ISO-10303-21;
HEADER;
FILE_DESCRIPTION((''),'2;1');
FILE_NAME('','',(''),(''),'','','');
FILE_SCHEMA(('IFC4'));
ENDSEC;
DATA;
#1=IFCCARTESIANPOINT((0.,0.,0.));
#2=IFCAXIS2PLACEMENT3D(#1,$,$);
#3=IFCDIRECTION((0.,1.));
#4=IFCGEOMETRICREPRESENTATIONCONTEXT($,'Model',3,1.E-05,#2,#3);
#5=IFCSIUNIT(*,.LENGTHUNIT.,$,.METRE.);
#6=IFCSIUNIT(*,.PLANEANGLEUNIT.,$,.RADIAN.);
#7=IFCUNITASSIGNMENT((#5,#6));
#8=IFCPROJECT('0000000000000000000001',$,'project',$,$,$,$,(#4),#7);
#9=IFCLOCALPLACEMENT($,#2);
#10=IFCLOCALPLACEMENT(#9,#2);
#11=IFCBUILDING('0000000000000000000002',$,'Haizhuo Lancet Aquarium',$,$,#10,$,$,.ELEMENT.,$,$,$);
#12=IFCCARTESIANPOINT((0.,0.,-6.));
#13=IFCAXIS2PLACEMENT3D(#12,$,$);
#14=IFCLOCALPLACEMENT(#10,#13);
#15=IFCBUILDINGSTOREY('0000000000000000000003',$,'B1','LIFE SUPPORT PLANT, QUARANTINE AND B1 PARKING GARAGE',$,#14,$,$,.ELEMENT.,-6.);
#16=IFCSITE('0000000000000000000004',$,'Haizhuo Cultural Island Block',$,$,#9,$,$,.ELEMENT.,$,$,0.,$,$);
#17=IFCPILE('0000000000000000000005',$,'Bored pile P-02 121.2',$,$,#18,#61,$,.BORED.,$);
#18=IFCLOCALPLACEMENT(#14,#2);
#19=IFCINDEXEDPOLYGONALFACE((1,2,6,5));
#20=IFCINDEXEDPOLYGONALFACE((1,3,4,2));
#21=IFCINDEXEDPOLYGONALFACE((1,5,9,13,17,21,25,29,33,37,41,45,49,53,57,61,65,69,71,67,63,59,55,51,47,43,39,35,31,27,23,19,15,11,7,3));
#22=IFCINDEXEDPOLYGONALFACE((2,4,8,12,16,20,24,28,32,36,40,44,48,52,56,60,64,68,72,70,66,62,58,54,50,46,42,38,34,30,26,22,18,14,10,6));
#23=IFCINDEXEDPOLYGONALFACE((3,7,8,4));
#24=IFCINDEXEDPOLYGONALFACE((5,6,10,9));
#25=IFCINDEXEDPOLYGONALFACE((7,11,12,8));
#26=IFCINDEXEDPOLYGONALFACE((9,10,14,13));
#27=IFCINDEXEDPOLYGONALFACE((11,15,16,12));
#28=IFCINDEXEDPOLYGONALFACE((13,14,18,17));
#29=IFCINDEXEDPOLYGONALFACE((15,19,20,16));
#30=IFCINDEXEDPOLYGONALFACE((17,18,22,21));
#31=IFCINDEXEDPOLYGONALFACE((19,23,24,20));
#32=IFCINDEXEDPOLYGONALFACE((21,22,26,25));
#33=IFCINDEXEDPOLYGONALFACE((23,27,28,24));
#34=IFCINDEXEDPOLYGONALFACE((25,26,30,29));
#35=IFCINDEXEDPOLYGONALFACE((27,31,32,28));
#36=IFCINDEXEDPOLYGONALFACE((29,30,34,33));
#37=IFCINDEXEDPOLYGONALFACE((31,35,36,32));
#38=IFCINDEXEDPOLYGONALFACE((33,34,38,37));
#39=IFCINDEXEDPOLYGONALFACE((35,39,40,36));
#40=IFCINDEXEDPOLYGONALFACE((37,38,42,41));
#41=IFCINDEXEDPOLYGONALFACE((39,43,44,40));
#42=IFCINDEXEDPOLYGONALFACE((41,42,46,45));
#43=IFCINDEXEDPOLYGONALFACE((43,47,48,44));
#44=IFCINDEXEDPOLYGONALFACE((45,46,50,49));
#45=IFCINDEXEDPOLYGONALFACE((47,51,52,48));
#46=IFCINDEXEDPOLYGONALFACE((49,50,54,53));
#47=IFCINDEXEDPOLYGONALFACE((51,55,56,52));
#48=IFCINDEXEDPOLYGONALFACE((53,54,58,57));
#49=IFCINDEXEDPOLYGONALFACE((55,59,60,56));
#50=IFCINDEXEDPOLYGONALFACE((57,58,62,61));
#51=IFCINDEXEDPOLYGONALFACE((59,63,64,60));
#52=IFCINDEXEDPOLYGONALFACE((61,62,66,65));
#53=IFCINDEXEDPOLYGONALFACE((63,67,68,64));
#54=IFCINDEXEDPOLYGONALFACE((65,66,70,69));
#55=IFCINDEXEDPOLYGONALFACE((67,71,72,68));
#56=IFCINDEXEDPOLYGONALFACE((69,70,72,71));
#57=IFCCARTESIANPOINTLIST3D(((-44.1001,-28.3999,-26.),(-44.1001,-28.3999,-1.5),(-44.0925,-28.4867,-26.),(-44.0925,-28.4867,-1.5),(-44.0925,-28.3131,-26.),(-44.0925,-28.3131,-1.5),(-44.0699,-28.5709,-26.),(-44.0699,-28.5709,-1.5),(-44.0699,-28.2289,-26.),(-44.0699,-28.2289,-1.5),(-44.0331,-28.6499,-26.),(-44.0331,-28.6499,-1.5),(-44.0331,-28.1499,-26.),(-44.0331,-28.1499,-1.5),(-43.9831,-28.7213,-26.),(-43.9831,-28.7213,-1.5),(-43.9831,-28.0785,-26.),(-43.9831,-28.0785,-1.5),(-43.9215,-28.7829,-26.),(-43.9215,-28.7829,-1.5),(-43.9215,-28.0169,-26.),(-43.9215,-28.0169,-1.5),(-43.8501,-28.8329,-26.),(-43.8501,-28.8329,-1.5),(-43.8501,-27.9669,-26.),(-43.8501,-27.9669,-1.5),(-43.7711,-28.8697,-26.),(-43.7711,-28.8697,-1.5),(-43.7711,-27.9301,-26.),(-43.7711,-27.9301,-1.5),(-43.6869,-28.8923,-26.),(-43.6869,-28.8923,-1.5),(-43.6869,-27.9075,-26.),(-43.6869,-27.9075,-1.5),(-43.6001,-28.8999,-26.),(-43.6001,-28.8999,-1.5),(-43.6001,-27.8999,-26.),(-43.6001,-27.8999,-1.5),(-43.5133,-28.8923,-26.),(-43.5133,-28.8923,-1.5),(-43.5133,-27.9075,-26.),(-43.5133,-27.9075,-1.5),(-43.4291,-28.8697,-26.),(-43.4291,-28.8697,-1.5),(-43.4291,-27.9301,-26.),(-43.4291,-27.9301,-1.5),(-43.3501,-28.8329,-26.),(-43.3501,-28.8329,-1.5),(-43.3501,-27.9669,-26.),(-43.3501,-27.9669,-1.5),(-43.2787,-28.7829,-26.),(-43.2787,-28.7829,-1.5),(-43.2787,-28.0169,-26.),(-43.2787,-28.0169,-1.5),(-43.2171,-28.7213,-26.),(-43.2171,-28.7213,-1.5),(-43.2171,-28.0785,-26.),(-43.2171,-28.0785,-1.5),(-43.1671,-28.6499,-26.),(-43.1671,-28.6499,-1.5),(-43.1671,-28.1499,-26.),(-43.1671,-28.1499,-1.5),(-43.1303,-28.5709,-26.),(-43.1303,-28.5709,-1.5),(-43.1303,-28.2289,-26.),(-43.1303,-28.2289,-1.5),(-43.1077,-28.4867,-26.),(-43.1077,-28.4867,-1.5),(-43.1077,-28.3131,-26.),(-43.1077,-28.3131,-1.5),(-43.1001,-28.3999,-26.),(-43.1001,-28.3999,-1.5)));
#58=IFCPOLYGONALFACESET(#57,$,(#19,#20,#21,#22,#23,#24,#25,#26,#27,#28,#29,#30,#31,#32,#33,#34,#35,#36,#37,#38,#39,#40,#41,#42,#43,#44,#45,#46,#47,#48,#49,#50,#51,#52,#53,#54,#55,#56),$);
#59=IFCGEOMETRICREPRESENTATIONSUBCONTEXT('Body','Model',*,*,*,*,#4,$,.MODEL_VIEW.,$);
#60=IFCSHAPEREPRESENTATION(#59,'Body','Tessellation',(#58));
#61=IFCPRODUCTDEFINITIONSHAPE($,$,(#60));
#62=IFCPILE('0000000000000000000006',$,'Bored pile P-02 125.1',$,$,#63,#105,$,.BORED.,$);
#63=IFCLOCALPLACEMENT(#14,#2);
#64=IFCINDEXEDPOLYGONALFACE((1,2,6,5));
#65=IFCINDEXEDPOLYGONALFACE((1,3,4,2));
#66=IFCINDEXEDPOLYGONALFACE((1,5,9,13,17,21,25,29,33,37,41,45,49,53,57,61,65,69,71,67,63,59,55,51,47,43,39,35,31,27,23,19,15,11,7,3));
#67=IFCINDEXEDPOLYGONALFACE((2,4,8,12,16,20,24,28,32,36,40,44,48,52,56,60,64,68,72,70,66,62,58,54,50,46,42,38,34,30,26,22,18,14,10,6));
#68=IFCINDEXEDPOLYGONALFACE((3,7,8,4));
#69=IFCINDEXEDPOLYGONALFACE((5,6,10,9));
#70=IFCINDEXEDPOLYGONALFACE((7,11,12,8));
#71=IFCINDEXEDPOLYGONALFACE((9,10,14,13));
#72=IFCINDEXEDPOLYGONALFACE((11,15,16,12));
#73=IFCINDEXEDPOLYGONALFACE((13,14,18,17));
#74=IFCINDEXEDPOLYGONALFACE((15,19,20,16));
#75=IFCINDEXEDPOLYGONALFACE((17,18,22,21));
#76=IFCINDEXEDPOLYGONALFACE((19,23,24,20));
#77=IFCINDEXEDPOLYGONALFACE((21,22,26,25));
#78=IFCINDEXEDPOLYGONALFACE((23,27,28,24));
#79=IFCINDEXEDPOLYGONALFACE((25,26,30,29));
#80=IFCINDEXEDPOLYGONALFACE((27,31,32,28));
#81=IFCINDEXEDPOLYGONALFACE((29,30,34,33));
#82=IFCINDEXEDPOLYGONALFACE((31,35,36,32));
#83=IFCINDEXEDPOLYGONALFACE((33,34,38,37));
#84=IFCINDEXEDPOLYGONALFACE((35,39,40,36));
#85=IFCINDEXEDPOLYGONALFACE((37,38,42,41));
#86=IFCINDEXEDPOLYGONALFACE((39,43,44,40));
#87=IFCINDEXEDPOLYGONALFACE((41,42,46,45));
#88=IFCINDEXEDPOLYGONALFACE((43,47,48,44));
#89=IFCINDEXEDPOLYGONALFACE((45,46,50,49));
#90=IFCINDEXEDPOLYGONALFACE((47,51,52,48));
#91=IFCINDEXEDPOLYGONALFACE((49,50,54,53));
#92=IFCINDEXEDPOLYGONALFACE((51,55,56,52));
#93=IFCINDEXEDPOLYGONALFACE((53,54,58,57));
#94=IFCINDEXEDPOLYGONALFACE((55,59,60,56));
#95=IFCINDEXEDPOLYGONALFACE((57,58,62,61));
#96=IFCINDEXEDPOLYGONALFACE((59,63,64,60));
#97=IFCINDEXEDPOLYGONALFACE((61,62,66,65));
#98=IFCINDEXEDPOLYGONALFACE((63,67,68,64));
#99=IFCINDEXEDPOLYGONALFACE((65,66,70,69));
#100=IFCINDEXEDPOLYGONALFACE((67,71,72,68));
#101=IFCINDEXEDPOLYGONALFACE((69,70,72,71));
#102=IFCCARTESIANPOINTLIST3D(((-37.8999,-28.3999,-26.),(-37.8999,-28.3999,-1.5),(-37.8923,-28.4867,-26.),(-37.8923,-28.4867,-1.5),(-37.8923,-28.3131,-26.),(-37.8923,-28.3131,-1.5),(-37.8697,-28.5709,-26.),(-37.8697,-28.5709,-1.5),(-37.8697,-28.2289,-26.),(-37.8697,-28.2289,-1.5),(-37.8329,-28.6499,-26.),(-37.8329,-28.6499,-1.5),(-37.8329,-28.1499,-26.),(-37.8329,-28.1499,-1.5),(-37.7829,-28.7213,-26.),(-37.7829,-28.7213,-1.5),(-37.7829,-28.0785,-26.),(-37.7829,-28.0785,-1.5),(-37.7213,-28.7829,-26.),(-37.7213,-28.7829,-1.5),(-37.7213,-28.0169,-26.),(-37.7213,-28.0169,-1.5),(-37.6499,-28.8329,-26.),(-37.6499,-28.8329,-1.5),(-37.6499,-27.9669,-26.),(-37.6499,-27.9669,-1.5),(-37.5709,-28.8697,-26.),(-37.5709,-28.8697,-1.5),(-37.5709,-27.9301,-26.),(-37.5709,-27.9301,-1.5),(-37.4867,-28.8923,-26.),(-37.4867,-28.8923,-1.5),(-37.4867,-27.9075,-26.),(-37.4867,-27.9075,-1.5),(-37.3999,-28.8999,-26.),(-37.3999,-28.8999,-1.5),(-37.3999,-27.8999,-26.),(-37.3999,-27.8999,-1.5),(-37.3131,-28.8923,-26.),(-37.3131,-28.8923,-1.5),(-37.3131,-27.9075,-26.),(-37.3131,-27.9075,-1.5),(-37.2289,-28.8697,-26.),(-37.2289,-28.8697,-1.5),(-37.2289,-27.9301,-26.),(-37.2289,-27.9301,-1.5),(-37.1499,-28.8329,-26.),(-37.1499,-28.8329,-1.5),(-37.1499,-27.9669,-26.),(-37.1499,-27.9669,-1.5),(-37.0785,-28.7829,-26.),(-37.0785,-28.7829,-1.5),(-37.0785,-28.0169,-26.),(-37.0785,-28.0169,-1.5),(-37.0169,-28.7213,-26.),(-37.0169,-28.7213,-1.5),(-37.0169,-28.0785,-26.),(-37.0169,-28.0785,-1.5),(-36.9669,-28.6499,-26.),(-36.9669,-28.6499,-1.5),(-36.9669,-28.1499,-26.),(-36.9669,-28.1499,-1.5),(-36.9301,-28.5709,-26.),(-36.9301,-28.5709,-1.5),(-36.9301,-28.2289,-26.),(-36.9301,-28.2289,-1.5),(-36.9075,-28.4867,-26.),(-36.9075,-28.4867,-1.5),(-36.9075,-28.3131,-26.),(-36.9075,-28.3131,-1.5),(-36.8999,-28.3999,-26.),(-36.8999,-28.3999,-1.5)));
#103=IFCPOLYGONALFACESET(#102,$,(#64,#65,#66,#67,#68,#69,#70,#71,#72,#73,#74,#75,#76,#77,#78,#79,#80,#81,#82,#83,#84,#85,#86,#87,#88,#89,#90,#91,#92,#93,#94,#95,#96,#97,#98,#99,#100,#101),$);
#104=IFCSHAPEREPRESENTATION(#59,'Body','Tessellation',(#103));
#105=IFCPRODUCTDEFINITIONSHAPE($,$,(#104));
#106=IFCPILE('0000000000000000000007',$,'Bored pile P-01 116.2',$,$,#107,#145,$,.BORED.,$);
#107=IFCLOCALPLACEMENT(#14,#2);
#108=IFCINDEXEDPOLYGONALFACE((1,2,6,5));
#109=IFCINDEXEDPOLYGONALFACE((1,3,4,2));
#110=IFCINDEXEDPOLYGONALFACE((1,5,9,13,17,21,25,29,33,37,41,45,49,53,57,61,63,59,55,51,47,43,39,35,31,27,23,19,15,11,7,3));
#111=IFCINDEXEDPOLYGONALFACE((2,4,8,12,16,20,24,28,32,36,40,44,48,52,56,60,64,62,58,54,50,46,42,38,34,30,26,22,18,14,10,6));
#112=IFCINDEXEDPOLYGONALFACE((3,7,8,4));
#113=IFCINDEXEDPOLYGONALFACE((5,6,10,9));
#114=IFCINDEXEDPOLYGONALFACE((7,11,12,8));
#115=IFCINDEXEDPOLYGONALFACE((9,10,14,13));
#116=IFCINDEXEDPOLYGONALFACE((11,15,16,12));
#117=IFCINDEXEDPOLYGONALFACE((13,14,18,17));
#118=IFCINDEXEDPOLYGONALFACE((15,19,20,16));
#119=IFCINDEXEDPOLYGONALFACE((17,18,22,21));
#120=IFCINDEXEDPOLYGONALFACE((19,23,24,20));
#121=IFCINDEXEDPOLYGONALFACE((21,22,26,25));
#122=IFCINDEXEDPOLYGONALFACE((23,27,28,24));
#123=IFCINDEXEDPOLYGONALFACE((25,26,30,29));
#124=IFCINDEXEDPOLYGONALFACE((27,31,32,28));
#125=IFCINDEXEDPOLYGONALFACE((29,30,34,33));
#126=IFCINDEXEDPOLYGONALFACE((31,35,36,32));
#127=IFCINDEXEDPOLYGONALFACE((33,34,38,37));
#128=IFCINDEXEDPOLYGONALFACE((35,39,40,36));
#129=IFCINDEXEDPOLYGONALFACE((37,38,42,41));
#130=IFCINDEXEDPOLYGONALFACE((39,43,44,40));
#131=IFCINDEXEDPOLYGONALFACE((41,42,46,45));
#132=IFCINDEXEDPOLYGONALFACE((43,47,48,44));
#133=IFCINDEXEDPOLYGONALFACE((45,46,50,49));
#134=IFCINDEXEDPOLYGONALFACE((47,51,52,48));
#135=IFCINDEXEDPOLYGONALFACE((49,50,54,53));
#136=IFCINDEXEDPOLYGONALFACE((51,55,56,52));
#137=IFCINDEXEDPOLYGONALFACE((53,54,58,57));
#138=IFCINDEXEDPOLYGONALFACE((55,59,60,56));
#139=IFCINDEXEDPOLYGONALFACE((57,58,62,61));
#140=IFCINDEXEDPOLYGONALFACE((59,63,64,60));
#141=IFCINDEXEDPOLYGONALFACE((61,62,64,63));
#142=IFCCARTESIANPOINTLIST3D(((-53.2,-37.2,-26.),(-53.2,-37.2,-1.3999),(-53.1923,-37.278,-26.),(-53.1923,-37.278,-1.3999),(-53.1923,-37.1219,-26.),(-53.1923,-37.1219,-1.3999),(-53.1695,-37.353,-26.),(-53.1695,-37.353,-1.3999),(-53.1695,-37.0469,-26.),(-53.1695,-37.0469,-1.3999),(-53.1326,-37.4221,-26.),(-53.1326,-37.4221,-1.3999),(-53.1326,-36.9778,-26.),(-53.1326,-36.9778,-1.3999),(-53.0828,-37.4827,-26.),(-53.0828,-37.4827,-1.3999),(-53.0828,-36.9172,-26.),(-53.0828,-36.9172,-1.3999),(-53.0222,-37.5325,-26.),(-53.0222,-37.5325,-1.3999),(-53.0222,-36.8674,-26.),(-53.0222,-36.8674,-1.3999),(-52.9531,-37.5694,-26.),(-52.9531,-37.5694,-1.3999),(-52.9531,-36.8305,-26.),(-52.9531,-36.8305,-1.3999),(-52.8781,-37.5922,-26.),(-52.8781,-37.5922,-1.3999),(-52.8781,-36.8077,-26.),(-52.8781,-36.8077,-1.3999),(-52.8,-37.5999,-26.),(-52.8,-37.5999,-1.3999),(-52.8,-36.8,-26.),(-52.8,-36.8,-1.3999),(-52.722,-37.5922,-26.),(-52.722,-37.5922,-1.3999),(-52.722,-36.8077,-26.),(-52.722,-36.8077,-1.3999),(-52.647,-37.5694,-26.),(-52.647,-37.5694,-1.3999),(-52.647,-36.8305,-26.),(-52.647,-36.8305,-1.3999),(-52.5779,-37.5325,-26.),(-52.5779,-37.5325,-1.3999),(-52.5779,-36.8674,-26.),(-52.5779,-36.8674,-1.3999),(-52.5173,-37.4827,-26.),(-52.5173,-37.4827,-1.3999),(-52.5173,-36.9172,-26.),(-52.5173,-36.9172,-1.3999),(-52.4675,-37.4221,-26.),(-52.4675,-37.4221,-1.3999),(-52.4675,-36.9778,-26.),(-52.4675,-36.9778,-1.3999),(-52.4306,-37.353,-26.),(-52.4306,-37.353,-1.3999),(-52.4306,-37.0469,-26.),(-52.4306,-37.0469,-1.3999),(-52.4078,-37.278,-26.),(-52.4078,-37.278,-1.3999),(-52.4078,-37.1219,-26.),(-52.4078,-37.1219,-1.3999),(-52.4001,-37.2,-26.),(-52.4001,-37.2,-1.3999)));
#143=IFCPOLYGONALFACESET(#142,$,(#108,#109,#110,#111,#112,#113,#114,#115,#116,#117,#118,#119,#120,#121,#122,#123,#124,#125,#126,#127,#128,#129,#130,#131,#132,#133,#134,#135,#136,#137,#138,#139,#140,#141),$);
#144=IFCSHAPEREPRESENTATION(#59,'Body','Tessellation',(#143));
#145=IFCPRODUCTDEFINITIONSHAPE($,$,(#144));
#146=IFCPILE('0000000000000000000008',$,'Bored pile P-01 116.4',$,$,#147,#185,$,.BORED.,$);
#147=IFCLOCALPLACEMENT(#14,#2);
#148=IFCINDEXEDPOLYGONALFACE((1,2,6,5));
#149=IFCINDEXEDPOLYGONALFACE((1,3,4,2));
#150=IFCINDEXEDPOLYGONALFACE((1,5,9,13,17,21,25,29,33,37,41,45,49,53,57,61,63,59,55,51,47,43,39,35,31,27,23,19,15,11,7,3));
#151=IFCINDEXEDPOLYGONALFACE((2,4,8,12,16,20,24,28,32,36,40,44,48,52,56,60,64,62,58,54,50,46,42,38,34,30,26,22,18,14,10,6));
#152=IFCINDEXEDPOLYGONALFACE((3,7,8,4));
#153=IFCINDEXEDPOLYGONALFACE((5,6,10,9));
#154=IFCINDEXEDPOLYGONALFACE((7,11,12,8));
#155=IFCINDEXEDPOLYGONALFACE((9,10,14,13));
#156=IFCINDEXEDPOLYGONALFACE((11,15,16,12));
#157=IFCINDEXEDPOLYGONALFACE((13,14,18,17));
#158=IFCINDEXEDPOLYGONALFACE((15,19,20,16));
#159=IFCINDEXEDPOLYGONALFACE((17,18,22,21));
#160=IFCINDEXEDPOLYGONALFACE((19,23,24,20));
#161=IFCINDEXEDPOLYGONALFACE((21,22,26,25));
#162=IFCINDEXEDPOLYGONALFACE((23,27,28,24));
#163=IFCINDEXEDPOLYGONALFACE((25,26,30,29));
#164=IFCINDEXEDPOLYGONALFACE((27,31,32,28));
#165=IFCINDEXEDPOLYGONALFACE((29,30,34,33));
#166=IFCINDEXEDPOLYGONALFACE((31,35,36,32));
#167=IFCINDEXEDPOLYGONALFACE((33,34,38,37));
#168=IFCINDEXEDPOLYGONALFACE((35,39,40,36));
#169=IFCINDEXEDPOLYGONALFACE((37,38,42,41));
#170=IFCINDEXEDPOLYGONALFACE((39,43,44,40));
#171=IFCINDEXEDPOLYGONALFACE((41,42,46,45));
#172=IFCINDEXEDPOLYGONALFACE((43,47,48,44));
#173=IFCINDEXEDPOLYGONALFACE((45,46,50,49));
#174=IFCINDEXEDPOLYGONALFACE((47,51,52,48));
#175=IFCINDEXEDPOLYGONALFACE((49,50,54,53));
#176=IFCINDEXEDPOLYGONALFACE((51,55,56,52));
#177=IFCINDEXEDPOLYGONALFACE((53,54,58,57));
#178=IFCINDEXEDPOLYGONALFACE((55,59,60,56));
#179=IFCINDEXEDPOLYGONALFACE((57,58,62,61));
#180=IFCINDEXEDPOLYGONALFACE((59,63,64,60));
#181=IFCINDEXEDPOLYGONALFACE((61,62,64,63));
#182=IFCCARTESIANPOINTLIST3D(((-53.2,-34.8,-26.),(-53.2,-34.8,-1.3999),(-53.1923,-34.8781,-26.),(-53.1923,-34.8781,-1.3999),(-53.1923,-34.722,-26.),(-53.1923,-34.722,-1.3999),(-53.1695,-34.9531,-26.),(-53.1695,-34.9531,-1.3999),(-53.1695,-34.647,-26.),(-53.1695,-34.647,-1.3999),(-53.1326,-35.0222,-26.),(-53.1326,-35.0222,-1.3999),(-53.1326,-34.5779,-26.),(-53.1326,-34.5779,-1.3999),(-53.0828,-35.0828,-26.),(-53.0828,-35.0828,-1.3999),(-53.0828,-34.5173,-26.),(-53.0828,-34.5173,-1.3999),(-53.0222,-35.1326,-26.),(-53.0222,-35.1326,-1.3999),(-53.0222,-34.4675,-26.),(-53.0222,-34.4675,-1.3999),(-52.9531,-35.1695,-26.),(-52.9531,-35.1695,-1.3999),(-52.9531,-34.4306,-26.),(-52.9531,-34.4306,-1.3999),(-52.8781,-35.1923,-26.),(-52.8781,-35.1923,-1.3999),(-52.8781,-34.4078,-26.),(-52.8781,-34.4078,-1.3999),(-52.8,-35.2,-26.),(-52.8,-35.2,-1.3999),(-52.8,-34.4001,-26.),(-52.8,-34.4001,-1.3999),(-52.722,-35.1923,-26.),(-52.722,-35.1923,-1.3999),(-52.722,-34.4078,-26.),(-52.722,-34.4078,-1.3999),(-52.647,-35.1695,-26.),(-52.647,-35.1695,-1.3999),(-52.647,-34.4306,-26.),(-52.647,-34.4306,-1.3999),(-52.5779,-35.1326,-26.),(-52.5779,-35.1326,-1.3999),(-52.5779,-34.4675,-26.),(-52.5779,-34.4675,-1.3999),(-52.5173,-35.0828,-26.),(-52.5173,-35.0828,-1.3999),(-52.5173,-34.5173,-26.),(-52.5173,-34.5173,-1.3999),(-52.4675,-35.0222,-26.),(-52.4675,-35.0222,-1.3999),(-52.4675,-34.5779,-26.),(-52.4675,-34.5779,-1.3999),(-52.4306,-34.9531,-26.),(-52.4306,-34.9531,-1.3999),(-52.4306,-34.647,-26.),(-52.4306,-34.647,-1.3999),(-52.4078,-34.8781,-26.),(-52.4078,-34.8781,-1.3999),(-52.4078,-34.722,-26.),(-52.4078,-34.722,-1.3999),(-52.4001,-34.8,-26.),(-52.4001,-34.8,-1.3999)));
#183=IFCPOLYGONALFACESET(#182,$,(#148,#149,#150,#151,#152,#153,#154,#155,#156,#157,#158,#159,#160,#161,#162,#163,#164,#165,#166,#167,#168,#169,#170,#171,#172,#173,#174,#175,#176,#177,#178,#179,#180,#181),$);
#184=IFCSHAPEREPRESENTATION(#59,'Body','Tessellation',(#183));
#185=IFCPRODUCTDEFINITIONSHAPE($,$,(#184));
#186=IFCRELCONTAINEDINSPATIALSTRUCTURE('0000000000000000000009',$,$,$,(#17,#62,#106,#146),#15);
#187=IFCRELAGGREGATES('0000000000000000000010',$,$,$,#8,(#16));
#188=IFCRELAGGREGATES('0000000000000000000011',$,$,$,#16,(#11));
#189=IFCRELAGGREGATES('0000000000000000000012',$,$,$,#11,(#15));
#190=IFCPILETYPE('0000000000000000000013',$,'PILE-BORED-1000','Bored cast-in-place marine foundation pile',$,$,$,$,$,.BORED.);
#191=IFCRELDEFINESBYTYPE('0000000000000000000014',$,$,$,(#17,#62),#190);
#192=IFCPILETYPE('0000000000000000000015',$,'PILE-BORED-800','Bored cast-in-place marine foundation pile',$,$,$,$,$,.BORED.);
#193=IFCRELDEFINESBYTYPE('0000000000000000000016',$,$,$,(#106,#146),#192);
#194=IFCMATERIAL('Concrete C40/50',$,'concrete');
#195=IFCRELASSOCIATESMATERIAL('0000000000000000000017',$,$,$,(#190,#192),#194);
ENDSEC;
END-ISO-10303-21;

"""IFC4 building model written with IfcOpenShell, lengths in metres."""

from ifc_helpers import new_model, si_unit, direction, frame, origin, origin_2d, place, context, subcontext, project, spatial, circle, extrude, material, material_profile, profile_set, type_object, element, save


model = new_model("IFC4")

# Units and contexts
model_context = context("Model", 3, precision=1e-05, world=origin(), true_north=direction((0.0, 1.0)))
body_context = subcontext(model_context, "Body", "Model", "MODEL_VIEW")
ifc_project = project(units=[si_unit("LENGTHUNIT", "METRE"), si_unit("PLANEANGLEUNIT", "RADIAN")], contexts=[model_context])

# Site, building, storey
site_placement = place(None, origin())
site = spatial("IfcSite", under=ifc_project, at=site_placement, Name="Haizhuo Cultural Island Block", CompositionType="ELEMENT", RefElevation=0.0)
building_placement = place(site_placement, origin())
building = spatial("IfcBuilding", under=site, at=building_placement, Name="Haizhuo Lancet Aquarium", CompositionType="ELEMENT")
storey_placement = place(building_placement, frame((0.0, 0.0, -6.0)))
storey = spatial("IfcBuildingStorey", under=building, at=storey_placement, Name="B1", Description="LIFE SUPPORT PLANT, QUARANTINE AND B1 PARKING GARAGE", CompositionType="ELEMENT", Elevation=-6.0)

# Shared definitions
ifc_material_1 = material(Name="Concrete C40/50", Category="concrete")

# Piles
ifc_material_profile_1 = material_profile(ifc_material_1, circle(Radius=0.5, at=origin_2d()), Name="PILE-1000")
ifc_profile_set_1 = profile_set([ifc_material_profile_1], Name="Concrete C40/50")
pile_type_1 = type_object("IfcPileType", Name="PILE-BORED-1000", Description="Bored cast-in-place marine foundation pile", PredefinedType="BORED", material=ifc_profile_set_1)
for number, where, z_axis, x_axis, name in (
    (1, (-43.6001, -28.3999, -1.5), (0.0, 0.0, -1.0), (1.0, 0.0, 0.0), "Bored pile P-02 121.2"),
    (2, (-37.3999, -28.3999, -1.5), (0.0, 0.0, -1.0), (1.0, 0.0, 0.0), "Bored pile P-02 125.1"),
):
    element("IfcPile", number, at=place(storey_placement, frame(where, z_axis=z_axis, x_axis=x_axis)), inside=storey, type_object=pile_type_1, Name=name, PredefinedType="BORED", context=body_context, shape_type="SweptSolid", body=[
        extrude(circle(Radius=0.5, at=origin_2d()), origin(), (0.0, 0.0, 1.0), 24.5),
    ])
ifc_material_profile_2 = material_profile(ifc_material_1, circle(Radius=0.3999, at=origin_2d()), Name="PILE-800")
ifc_profile_set_2 = profile_set([ifc_material_profile_2], Name="Concrete C40/50")
pile_type_2 = type_object("IfcPileType", Name="PILE-BORED-800", Description="Bored cast-in-place marine foundation pile", PredefinedType="BORED", material=ifc_profile_set_2)
for number, where, z_axis, x_axis, name in (
    (3, (-52.8, -37.2, -1.3999), (0.0, 0.0, -1.0), (1.0, 0.0, 0.0), "Bored pile P-01 116.2"),
    (4, (-52.8, -34.8, -1.3999), (0.0, 0.0, -1.0), (1.0, 0.0, 0.0), "Bored pile P-01 116.4"),
):
    element("IfcPile", number, at=place(storey_placement, frame(where, z_axis=z_axis, x_axis=x_axis)), inside=storey, type_object=pile_type_2, Name=name, PredefinedType="BORED", context=body_context, shape_type="SweptSolid", body=[
        extrude(circle(Radius=0.3999, at=origin_2d()), origin(), (0.0, 0.0, 1.0), 24.6001),
    ])

save(model, "model.ifc")
